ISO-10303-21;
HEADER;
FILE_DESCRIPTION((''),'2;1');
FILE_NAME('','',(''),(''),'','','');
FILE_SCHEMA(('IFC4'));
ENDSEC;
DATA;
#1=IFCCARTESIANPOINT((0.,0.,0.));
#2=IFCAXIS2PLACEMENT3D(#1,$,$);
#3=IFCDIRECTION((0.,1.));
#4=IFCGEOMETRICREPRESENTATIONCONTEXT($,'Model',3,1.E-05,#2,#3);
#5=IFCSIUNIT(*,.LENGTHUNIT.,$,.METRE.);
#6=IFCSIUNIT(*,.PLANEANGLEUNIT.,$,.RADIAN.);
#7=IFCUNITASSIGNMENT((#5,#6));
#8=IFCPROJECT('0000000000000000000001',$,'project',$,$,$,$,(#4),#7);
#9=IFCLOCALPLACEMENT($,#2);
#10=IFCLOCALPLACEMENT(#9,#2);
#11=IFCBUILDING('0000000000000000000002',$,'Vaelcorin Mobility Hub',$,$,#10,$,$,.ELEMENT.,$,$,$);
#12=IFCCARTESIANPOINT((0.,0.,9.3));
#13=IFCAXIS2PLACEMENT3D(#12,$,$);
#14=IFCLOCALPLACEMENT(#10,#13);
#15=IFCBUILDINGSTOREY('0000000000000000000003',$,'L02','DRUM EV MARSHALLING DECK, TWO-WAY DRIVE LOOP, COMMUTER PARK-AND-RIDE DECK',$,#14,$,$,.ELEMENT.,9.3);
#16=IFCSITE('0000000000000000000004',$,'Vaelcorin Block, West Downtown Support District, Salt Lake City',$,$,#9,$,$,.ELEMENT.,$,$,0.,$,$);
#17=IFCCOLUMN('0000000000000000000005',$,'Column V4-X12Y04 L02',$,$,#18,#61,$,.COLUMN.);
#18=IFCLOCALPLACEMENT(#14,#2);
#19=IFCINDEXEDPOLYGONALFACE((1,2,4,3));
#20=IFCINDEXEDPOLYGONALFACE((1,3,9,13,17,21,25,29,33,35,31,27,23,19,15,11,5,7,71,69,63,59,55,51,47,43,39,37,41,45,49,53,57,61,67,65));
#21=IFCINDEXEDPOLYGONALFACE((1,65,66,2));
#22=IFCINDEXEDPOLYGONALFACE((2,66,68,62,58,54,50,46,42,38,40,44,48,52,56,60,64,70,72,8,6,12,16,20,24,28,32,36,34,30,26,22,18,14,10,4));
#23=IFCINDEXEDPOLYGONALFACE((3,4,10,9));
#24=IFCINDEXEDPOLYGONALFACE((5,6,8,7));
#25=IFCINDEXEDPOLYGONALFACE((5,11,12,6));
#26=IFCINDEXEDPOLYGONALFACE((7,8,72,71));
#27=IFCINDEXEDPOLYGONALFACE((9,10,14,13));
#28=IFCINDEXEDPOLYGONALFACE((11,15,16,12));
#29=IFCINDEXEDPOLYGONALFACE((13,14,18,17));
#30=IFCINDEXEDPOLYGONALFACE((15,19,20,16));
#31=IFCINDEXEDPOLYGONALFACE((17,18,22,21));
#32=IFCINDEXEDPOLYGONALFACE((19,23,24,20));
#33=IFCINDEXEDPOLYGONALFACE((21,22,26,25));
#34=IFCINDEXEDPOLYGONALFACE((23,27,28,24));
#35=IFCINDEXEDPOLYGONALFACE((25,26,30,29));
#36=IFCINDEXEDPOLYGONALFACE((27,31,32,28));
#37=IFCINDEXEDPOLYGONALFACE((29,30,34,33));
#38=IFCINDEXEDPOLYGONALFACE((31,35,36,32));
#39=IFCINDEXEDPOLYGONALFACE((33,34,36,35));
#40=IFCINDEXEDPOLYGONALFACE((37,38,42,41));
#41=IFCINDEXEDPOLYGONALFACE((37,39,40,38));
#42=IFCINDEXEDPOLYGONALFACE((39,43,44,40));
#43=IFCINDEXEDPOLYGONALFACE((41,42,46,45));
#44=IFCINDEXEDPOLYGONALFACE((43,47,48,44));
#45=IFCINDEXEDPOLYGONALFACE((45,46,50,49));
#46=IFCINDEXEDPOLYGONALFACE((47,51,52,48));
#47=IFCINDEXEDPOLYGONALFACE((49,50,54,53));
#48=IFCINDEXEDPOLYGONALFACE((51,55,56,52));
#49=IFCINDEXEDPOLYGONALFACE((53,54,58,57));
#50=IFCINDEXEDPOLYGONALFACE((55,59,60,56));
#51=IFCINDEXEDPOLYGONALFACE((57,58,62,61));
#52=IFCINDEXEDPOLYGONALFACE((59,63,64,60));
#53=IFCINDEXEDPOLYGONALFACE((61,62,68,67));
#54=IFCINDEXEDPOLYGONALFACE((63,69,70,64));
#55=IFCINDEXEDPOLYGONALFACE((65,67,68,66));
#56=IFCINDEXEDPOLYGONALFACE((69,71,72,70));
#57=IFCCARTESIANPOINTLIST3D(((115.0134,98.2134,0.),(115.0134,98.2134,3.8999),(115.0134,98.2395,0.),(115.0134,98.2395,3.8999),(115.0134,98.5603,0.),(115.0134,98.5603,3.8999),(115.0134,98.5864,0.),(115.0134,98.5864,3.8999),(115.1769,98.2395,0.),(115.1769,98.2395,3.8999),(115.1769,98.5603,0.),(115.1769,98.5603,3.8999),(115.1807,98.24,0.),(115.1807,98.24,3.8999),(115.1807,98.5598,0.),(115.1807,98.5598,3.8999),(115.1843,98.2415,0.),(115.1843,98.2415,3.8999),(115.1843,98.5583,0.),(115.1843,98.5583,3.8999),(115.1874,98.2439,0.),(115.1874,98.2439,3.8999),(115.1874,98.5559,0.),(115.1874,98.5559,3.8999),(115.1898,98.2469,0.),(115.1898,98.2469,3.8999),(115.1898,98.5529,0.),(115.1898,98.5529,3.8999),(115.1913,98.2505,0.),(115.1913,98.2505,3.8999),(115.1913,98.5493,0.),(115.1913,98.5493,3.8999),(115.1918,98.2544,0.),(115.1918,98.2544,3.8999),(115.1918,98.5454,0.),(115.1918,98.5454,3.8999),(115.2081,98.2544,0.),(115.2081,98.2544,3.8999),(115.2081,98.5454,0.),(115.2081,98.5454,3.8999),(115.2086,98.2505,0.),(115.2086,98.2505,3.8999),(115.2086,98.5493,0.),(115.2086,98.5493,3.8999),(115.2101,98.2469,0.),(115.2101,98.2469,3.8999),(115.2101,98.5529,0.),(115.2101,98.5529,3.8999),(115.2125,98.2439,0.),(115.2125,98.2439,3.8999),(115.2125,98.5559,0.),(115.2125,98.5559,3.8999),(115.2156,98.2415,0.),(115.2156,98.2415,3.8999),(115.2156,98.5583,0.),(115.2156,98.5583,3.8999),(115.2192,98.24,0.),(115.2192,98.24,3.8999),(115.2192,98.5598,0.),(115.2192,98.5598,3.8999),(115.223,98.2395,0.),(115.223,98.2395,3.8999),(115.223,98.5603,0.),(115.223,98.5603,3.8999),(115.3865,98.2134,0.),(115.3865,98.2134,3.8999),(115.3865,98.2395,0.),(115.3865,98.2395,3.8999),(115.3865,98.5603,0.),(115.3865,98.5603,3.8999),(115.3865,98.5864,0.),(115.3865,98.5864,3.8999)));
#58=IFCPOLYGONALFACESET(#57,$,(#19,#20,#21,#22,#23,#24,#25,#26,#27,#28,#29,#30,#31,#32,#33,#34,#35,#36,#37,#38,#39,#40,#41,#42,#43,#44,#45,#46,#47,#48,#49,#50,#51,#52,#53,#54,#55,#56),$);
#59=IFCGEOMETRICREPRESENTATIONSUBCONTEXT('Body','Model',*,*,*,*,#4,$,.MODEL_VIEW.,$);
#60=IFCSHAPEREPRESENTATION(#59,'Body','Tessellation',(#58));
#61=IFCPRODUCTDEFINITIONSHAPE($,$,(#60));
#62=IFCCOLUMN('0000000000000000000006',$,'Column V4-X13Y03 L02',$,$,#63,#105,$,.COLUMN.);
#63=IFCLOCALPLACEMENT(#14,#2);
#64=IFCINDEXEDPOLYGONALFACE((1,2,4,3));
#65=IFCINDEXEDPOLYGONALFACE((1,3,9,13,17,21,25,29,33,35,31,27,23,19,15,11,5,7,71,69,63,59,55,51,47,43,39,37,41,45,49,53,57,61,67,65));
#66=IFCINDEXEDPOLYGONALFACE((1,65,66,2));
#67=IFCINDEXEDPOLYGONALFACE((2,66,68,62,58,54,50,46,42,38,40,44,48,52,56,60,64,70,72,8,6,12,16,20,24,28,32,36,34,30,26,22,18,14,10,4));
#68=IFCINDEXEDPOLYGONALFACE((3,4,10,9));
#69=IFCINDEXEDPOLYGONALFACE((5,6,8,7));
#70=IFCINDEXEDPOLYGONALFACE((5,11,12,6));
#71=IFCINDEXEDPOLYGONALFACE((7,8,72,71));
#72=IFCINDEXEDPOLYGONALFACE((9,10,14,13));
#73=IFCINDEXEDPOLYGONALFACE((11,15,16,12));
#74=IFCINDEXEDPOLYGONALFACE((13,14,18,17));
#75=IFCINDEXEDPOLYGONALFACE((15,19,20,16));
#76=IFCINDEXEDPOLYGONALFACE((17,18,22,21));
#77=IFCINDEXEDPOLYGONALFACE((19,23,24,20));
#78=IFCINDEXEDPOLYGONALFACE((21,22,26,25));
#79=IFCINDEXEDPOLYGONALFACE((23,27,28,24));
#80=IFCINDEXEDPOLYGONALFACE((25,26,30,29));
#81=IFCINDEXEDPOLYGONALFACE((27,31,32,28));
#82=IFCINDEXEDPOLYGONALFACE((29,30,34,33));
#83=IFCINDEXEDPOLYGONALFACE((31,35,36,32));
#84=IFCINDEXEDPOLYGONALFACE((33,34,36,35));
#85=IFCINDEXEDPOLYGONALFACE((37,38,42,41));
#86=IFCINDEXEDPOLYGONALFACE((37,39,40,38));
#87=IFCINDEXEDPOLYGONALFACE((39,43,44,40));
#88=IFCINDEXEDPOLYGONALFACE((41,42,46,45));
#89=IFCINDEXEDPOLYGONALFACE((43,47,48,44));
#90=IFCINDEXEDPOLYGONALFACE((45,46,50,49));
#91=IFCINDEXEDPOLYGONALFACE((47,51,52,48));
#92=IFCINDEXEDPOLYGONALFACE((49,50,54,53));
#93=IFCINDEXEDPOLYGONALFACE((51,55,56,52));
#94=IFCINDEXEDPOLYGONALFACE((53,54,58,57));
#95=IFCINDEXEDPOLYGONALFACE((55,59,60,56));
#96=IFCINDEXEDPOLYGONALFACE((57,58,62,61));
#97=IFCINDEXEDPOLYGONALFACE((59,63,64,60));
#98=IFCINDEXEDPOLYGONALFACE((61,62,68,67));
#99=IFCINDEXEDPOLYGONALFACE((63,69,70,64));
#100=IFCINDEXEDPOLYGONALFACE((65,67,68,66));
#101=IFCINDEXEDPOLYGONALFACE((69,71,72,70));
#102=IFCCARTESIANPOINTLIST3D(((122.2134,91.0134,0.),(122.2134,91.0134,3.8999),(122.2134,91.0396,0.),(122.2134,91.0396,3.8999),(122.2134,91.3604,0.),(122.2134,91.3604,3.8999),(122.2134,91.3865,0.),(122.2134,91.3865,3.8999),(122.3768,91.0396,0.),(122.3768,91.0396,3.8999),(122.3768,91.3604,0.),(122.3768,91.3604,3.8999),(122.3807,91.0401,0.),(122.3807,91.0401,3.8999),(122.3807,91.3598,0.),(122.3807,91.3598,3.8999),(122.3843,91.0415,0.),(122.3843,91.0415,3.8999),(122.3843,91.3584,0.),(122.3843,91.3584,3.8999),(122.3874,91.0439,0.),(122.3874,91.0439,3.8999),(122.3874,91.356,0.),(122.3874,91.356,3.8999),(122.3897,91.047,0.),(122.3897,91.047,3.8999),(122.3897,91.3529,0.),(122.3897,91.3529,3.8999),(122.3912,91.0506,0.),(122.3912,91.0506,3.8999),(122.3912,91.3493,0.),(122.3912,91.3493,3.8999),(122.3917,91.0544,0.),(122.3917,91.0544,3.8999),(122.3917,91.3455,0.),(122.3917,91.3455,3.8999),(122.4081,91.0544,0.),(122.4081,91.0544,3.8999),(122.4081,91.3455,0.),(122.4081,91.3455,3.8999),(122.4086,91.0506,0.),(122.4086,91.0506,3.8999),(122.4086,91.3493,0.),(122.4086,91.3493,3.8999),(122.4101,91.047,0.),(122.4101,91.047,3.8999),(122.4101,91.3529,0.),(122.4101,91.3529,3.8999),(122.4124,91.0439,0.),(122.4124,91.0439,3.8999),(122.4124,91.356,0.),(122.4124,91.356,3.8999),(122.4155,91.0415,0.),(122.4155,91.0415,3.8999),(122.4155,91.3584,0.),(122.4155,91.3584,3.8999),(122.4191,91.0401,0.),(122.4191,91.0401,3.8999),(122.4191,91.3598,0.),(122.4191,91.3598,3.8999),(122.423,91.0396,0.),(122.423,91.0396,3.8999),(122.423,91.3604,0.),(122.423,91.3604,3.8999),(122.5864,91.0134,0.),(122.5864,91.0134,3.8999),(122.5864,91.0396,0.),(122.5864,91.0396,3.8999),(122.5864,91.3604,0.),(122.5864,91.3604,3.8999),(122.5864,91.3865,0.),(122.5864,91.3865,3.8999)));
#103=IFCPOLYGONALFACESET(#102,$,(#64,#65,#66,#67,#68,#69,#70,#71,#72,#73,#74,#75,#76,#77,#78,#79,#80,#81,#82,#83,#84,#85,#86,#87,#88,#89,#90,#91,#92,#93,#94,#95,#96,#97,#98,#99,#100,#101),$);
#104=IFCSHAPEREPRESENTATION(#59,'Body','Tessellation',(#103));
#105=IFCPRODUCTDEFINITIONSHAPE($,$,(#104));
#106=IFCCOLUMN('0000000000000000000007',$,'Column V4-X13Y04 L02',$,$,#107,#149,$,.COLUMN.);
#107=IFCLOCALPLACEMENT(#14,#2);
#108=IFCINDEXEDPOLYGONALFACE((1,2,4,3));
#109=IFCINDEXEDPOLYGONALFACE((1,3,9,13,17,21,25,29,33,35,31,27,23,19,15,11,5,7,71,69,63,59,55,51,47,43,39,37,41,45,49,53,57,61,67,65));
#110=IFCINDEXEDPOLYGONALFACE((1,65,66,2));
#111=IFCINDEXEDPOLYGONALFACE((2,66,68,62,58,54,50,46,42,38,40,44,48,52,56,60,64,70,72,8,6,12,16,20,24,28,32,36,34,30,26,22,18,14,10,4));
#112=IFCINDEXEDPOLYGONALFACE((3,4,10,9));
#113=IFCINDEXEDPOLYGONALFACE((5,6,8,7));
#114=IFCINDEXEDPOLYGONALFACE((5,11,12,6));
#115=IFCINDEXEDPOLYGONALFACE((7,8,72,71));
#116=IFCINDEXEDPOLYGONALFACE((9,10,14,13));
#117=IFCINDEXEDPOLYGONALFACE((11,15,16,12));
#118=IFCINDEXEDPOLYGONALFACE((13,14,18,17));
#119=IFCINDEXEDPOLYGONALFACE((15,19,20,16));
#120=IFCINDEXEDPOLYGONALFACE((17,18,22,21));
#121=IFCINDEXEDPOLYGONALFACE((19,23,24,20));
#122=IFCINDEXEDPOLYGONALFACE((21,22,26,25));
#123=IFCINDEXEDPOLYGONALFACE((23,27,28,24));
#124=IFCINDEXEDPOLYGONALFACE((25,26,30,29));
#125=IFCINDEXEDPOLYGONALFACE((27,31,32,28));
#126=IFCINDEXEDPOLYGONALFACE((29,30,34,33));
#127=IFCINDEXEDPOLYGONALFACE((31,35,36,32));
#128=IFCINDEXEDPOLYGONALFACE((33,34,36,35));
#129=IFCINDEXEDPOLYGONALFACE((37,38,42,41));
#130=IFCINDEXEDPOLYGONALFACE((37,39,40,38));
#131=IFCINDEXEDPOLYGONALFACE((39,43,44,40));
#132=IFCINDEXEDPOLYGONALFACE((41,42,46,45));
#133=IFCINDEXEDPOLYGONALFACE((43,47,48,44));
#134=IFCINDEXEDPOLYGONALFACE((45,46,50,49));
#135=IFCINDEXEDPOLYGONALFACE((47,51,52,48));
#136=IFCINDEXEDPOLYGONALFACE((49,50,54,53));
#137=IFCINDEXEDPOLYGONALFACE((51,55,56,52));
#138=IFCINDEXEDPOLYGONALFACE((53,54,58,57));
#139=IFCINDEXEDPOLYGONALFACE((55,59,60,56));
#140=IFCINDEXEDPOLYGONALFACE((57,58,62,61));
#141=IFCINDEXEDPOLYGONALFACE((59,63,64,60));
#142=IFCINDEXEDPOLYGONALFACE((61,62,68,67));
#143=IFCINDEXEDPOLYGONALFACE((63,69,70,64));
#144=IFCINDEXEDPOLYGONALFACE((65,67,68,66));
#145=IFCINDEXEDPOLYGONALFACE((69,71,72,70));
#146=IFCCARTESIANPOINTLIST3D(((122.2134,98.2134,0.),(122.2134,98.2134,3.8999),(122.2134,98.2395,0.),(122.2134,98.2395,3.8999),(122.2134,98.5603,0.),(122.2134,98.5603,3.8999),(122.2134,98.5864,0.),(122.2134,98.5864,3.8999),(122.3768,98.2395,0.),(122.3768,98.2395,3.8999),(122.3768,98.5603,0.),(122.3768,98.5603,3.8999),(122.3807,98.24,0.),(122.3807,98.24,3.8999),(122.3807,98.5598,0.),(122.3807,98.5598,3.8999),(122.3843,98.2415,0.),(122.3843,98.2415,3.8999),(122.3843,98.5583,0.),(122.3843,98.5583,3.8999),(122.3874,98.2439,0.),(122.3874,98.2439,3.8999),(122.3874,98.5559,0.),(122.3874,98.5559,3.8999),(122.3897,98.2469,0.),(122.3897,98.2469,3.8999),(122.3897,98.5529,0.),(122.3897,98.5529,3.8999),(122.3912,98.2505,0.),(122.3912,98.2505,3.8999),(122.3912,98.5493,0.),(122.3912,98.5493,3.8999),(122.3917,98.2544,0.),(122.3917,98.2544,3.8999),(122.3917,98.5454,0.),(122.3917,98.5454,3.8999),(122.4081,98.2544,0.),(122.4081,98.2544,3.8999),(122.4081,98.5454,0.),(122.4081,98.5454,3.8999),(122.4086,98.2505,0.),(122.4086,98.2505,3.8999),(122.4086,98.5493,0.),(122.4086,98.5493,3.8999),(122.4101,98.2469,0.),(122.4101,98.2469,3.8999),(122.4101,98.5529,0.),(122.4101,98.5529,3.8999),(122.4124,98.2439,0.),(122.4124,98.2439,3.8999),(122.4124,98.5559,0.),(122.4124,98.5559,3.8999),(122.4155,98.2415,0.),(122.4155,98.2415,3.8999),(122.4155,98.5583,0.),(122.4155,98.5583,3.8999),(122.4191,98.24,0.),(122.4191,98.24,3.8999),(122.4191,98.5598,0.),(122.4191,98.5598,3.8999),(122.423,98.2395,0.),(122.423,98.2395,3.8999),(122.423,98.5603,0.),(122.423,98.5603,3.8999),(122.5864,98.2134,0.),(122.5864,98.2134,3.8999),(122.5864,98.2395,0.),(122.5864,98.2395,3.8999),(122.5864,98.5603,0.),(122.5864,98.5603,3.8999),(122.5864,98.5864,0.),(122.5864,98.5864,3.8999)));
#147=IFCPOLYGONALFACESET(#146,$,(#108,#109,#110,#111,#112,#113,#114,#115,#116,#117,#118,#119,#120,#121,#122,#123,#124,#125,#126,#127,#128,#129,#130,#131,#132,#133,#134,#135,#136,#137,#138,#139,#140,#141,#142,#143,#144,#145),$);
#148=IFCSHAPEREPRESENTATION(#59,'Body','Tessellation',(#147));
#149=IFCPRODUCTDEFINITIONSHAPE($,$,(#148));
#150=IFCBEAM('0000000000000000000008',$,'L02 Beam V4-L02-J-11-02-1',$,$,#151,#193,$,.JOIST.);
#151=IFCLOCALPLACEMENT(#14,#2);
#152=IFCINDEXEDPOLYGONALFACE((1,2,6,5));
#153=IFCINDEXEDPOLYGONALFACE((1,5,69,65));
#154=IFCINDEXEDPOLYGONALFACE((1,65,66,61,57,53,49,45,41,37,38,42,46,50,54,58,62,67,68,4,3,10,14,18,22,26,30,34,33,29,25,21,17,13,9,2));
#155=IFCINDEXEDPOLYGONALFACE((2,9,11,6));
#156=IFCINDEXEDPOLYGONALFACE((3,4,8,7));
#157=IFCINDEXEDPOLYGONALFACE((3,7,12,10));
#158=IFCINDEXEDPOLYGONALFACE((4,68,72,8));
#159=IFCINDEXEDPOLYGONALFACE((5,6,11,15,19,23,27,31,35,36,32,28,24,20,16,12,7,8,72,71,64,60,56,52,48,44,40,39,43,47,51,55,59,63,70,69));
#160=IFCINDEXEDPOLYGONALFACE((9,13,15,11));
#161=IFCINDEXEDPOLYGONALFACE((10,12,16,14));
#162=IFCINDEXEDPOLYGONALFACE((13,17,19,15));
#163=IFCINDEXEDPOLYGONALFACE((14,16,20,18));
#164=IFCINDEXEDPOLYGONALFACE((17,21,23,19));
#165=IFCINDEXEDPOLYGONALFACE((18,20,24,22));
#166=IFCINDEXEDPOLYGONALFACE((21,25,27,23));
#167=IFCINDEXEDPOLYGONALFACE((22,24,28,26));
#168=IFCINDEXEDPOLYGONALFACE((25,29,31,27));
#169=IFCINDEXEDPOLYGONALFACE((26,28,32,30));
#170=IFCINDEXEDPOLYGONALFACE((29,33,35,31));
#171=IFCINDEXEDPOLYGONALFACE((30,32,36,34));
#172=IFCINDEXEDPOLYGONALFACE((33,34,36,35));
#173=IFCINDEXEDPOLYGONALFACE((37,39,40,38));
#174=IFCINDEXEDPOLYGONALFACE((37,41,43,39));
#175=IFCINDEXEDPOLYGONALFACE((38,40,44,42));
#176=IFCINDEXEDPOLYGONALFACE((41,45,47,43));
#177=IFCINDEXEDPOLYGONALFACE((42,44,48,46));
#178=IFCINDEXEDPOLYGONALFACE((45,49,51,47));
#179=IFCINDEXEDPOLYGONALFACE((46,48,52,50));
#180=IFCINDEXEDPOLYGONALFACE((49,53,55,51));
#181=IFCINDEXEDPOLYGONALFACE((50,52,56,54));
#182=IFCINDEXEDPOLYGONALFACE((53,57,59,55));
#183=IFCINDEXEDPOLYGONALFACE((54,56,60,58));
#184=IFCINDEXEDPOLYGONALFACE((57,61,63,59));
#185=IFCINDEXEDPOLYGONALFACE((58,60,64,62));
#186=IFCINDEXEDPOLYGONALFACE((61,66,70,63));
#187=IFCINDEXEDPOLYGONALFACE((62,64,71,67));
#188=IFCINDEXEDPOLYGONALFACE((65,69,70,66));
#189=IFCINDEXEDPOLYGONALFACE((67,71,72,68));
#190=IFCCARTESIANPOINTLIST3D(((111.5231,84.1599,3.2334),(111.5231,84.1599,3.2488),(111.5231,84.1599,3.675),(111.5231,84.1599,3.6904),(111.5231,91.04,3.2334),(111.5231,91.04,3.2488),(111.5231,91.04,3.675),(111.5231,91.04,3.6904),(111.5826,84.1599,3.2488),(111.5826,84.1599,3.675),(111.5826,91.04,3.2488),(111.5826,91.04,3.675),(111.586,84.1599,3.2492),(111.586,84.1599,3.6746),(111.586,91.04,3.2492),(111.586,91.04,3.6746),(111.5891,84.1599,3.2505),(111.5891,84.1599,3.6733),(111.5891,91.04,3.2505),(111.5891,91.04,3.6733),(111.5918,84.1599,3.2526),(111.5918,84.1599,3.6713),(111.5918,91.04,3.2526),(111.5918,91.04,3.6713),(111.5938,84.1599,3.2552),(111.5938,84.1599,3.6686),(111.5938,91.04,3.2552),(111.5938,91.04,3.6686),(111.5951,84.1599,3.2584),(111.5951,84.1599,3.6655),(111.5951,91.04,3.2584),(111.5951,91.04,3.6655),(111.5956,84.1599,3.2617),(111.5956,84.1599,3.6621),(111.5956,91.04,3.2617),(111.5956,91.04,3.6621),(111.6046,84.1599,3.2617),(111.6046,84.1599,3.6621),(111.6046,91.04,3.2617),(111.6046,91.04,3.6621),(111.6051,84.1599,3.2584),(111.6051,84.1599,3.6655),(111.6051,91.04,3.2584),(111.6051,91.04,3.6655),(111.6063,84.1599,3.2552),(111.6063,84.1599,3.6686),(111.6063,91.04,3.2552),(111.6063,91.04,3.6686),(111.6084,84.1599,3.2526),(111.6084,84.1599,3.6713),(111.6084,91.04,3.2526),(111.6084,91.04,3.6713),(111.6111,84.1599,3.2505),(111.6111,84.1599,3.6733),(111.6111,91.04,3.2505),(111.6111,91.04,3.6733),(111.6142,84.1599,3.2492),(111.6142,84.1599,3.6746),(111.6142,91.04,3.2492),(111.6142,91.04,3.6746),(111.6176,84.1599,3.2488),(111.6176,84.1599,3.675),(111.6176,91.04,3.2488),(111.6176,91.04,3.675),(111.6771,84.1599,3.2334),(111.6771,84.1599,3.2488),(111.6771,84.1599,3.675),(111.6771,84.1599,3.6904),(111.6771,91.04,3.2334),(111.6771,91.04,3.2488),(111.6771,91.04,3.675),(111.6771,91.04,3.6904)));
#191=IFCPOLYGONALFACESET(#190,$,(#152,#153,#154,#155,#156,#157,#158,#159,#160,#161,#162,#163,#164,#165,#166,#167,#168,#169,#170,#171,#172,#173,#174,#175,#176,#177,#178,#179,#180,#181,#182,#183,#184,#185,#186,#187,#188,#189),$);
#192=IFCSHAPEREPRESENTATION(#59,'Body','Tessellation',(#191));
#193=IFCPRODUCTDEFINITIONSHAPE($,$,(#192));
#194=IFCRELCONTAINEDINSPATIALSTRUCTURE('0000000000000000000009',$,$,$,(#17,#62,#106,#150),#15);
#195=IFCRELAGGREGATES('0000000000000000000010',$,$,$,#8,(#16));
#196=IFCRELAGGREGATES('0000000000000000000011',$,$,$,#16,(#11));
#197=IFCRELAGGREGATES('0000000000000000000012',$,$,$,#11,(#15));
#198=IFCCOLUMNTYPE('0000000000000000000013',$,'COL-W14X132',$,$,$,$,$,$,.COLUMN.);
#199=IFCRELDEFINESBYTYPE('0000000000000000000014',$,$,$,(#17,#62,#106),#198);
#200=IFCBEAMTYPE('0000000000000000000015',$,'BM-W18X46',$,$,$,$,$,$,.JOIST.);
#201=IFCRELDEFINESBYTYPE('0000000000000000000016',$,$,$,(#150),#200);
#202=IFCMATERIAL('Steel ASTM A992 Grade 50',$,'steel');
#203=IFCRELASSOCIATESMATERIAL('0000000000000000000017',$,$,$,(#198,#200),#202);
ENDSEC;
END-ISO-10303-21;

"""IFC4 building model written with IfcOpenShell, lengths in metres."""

from ifc_helpers import new_model, si_unit, direction, frame, origin, origin_2d, place, context, subcontext, project, spatial, i_section, extrude, material, material_profile, profile_set, type_object, element, save


model = new_model("IFC4")

# Units and contexts
model_context = context("Model", 3, precision=1e-05, world=origin(), true_north=direction((0.0, 1.0)))
body_context = subcontext(model_context, "Body", "Model", "MODEL_VIEW")
ifc_project = project(units=[si_unit("LENGTHUNIT", "METRE"), si_unit("PLANEANGLEUNIT", "RADIAN")], contexts=[model_context])

# Site, building, storey
site_placement = place(None, origin())
site = spatial("IfcSite", under=ifc_project, at=site_placement, Name="Vaelcorin Block, West Downtown Support District, Salt Lake City", CompositionType="ELEMENT", RefElevation=0.0)
building_placement = place(site_placement, origin())
building = spatial("IfcBuilding", under=site, at=building_placement, Name="Vaelcorin Mobility Hub", CompositionType="ELEMENT")
storey_placement = place(building_placement, frame((0.0, 0.0, 9.3)))
storey = spatial("IfcBuildingStorey", under=building, at=storey_placement, Name="L02", Description="DRUM EV MARSHALLING DECK, TWO-WAY DRIVE LOOP, COMMUTER PARK-AND-RIDE DECK", CompositionType="ELEMENT", Elevation=9.3)

# Columns
ifc_material_1 = material(Name="Steel ASTM A992 Grade 50", Category="steel")
ifc_material_profile_1 = material_profile(ifc_material_1, i_section(OverallWidth=0.373, OverallDepth=0.373, WebThickness=0.0164, FlangeThickness=0.0261, FilletRadius=0.0149, at=origin_2d()), Name="W14X132")
ifc_profile_set_1 = profile_set([ifc_material_profile_1], Name="Steel ASTM A992 Grade 50")
column_type_1 = type_object("IfcColumnType", Name="COL-W14X132", PredefinedType="COLUMN", material=ifc_profile_set_1)
for number, where, z_axis, x_axis, name in (
    (1, (115.2, 98.3999, 0.0), (0.0, 0.0, 1.0), (1.0, 0.0, 0.0), "Column V4-X12Y04 L02"),
    (2, (122.3999, 91.2, 0.0), (0.0, 0.0, 1.0), (1.0, 0.0, 0.0), "Column V4-X13Y03 L02"),
    (3, (122.3999, 98.3999, 0.0), (0.0, 0.0, 1.0), (1.0, 0.0, 0.0), "Column V4-X13Y04 L02"),
):
    element("IfcColumn", number, at=place(storey_placement, frame(where, z_axis=z_axis, x_axis=x_axis)), inside=storey, type_object=column_type_1, Name=name, PredefinedType="COLUMN", context=body_context, shape_type="SweptSolid", body=[
        extrude(i_section(OverallWidth=0.373, OverallDepth=0.373, WebThickness=0.0164, FlangeThickness=0.0261, FilletRadius=0.0149, at=origin_2d()), origin(), (0.0, 0.0, 1.0), 3.8999),
    ])

# Beam
ifc_material_profile_2 = material_profile(ifc_material_1, i_section(OverallWidth=0.1541, OverallDepth=0.457, WebThickness=0.009, FlangeThickness=0.0154, FilletRadius=0.0129, at=origin_2d()), Name="W18X46")
ifc_profile_set_2 = profile_set([ifc_material_profile_2], Name="Steel ASTM A992 Grade 50")
beam_type_1 = type_object("IfcBeamType", Name="BM-W18X46", PredefinedType="JOIST", material=ifc_profile_set_2)
beam_1_placement = place(storey_placement, frame((111.6001, 84.1599, 3.4619), z_axis=(0.0, 1.0, 0.0), x_axis=(-1.0, 0.0, 0.0)))
element("IfcBeam", 4, at=beam_1_placement, inside=storey, type_object=beam_type_1, Name="L02 Beam V4-L02-J-11-02-1", PredefinedType="JOIST", context=body_context, shape_type="SweptSolid", body=[
    extrude(i_section(OverallWidth=0.1541, OverallDepth=0.457, WebThickness=0.009, FlangeThickness=0.0154, FilletRadius=0.0129, at=origin_2d()), origin(), (0.0, 0.0, 1.0), 6.8801),
])

save(model, "model.ifc")
